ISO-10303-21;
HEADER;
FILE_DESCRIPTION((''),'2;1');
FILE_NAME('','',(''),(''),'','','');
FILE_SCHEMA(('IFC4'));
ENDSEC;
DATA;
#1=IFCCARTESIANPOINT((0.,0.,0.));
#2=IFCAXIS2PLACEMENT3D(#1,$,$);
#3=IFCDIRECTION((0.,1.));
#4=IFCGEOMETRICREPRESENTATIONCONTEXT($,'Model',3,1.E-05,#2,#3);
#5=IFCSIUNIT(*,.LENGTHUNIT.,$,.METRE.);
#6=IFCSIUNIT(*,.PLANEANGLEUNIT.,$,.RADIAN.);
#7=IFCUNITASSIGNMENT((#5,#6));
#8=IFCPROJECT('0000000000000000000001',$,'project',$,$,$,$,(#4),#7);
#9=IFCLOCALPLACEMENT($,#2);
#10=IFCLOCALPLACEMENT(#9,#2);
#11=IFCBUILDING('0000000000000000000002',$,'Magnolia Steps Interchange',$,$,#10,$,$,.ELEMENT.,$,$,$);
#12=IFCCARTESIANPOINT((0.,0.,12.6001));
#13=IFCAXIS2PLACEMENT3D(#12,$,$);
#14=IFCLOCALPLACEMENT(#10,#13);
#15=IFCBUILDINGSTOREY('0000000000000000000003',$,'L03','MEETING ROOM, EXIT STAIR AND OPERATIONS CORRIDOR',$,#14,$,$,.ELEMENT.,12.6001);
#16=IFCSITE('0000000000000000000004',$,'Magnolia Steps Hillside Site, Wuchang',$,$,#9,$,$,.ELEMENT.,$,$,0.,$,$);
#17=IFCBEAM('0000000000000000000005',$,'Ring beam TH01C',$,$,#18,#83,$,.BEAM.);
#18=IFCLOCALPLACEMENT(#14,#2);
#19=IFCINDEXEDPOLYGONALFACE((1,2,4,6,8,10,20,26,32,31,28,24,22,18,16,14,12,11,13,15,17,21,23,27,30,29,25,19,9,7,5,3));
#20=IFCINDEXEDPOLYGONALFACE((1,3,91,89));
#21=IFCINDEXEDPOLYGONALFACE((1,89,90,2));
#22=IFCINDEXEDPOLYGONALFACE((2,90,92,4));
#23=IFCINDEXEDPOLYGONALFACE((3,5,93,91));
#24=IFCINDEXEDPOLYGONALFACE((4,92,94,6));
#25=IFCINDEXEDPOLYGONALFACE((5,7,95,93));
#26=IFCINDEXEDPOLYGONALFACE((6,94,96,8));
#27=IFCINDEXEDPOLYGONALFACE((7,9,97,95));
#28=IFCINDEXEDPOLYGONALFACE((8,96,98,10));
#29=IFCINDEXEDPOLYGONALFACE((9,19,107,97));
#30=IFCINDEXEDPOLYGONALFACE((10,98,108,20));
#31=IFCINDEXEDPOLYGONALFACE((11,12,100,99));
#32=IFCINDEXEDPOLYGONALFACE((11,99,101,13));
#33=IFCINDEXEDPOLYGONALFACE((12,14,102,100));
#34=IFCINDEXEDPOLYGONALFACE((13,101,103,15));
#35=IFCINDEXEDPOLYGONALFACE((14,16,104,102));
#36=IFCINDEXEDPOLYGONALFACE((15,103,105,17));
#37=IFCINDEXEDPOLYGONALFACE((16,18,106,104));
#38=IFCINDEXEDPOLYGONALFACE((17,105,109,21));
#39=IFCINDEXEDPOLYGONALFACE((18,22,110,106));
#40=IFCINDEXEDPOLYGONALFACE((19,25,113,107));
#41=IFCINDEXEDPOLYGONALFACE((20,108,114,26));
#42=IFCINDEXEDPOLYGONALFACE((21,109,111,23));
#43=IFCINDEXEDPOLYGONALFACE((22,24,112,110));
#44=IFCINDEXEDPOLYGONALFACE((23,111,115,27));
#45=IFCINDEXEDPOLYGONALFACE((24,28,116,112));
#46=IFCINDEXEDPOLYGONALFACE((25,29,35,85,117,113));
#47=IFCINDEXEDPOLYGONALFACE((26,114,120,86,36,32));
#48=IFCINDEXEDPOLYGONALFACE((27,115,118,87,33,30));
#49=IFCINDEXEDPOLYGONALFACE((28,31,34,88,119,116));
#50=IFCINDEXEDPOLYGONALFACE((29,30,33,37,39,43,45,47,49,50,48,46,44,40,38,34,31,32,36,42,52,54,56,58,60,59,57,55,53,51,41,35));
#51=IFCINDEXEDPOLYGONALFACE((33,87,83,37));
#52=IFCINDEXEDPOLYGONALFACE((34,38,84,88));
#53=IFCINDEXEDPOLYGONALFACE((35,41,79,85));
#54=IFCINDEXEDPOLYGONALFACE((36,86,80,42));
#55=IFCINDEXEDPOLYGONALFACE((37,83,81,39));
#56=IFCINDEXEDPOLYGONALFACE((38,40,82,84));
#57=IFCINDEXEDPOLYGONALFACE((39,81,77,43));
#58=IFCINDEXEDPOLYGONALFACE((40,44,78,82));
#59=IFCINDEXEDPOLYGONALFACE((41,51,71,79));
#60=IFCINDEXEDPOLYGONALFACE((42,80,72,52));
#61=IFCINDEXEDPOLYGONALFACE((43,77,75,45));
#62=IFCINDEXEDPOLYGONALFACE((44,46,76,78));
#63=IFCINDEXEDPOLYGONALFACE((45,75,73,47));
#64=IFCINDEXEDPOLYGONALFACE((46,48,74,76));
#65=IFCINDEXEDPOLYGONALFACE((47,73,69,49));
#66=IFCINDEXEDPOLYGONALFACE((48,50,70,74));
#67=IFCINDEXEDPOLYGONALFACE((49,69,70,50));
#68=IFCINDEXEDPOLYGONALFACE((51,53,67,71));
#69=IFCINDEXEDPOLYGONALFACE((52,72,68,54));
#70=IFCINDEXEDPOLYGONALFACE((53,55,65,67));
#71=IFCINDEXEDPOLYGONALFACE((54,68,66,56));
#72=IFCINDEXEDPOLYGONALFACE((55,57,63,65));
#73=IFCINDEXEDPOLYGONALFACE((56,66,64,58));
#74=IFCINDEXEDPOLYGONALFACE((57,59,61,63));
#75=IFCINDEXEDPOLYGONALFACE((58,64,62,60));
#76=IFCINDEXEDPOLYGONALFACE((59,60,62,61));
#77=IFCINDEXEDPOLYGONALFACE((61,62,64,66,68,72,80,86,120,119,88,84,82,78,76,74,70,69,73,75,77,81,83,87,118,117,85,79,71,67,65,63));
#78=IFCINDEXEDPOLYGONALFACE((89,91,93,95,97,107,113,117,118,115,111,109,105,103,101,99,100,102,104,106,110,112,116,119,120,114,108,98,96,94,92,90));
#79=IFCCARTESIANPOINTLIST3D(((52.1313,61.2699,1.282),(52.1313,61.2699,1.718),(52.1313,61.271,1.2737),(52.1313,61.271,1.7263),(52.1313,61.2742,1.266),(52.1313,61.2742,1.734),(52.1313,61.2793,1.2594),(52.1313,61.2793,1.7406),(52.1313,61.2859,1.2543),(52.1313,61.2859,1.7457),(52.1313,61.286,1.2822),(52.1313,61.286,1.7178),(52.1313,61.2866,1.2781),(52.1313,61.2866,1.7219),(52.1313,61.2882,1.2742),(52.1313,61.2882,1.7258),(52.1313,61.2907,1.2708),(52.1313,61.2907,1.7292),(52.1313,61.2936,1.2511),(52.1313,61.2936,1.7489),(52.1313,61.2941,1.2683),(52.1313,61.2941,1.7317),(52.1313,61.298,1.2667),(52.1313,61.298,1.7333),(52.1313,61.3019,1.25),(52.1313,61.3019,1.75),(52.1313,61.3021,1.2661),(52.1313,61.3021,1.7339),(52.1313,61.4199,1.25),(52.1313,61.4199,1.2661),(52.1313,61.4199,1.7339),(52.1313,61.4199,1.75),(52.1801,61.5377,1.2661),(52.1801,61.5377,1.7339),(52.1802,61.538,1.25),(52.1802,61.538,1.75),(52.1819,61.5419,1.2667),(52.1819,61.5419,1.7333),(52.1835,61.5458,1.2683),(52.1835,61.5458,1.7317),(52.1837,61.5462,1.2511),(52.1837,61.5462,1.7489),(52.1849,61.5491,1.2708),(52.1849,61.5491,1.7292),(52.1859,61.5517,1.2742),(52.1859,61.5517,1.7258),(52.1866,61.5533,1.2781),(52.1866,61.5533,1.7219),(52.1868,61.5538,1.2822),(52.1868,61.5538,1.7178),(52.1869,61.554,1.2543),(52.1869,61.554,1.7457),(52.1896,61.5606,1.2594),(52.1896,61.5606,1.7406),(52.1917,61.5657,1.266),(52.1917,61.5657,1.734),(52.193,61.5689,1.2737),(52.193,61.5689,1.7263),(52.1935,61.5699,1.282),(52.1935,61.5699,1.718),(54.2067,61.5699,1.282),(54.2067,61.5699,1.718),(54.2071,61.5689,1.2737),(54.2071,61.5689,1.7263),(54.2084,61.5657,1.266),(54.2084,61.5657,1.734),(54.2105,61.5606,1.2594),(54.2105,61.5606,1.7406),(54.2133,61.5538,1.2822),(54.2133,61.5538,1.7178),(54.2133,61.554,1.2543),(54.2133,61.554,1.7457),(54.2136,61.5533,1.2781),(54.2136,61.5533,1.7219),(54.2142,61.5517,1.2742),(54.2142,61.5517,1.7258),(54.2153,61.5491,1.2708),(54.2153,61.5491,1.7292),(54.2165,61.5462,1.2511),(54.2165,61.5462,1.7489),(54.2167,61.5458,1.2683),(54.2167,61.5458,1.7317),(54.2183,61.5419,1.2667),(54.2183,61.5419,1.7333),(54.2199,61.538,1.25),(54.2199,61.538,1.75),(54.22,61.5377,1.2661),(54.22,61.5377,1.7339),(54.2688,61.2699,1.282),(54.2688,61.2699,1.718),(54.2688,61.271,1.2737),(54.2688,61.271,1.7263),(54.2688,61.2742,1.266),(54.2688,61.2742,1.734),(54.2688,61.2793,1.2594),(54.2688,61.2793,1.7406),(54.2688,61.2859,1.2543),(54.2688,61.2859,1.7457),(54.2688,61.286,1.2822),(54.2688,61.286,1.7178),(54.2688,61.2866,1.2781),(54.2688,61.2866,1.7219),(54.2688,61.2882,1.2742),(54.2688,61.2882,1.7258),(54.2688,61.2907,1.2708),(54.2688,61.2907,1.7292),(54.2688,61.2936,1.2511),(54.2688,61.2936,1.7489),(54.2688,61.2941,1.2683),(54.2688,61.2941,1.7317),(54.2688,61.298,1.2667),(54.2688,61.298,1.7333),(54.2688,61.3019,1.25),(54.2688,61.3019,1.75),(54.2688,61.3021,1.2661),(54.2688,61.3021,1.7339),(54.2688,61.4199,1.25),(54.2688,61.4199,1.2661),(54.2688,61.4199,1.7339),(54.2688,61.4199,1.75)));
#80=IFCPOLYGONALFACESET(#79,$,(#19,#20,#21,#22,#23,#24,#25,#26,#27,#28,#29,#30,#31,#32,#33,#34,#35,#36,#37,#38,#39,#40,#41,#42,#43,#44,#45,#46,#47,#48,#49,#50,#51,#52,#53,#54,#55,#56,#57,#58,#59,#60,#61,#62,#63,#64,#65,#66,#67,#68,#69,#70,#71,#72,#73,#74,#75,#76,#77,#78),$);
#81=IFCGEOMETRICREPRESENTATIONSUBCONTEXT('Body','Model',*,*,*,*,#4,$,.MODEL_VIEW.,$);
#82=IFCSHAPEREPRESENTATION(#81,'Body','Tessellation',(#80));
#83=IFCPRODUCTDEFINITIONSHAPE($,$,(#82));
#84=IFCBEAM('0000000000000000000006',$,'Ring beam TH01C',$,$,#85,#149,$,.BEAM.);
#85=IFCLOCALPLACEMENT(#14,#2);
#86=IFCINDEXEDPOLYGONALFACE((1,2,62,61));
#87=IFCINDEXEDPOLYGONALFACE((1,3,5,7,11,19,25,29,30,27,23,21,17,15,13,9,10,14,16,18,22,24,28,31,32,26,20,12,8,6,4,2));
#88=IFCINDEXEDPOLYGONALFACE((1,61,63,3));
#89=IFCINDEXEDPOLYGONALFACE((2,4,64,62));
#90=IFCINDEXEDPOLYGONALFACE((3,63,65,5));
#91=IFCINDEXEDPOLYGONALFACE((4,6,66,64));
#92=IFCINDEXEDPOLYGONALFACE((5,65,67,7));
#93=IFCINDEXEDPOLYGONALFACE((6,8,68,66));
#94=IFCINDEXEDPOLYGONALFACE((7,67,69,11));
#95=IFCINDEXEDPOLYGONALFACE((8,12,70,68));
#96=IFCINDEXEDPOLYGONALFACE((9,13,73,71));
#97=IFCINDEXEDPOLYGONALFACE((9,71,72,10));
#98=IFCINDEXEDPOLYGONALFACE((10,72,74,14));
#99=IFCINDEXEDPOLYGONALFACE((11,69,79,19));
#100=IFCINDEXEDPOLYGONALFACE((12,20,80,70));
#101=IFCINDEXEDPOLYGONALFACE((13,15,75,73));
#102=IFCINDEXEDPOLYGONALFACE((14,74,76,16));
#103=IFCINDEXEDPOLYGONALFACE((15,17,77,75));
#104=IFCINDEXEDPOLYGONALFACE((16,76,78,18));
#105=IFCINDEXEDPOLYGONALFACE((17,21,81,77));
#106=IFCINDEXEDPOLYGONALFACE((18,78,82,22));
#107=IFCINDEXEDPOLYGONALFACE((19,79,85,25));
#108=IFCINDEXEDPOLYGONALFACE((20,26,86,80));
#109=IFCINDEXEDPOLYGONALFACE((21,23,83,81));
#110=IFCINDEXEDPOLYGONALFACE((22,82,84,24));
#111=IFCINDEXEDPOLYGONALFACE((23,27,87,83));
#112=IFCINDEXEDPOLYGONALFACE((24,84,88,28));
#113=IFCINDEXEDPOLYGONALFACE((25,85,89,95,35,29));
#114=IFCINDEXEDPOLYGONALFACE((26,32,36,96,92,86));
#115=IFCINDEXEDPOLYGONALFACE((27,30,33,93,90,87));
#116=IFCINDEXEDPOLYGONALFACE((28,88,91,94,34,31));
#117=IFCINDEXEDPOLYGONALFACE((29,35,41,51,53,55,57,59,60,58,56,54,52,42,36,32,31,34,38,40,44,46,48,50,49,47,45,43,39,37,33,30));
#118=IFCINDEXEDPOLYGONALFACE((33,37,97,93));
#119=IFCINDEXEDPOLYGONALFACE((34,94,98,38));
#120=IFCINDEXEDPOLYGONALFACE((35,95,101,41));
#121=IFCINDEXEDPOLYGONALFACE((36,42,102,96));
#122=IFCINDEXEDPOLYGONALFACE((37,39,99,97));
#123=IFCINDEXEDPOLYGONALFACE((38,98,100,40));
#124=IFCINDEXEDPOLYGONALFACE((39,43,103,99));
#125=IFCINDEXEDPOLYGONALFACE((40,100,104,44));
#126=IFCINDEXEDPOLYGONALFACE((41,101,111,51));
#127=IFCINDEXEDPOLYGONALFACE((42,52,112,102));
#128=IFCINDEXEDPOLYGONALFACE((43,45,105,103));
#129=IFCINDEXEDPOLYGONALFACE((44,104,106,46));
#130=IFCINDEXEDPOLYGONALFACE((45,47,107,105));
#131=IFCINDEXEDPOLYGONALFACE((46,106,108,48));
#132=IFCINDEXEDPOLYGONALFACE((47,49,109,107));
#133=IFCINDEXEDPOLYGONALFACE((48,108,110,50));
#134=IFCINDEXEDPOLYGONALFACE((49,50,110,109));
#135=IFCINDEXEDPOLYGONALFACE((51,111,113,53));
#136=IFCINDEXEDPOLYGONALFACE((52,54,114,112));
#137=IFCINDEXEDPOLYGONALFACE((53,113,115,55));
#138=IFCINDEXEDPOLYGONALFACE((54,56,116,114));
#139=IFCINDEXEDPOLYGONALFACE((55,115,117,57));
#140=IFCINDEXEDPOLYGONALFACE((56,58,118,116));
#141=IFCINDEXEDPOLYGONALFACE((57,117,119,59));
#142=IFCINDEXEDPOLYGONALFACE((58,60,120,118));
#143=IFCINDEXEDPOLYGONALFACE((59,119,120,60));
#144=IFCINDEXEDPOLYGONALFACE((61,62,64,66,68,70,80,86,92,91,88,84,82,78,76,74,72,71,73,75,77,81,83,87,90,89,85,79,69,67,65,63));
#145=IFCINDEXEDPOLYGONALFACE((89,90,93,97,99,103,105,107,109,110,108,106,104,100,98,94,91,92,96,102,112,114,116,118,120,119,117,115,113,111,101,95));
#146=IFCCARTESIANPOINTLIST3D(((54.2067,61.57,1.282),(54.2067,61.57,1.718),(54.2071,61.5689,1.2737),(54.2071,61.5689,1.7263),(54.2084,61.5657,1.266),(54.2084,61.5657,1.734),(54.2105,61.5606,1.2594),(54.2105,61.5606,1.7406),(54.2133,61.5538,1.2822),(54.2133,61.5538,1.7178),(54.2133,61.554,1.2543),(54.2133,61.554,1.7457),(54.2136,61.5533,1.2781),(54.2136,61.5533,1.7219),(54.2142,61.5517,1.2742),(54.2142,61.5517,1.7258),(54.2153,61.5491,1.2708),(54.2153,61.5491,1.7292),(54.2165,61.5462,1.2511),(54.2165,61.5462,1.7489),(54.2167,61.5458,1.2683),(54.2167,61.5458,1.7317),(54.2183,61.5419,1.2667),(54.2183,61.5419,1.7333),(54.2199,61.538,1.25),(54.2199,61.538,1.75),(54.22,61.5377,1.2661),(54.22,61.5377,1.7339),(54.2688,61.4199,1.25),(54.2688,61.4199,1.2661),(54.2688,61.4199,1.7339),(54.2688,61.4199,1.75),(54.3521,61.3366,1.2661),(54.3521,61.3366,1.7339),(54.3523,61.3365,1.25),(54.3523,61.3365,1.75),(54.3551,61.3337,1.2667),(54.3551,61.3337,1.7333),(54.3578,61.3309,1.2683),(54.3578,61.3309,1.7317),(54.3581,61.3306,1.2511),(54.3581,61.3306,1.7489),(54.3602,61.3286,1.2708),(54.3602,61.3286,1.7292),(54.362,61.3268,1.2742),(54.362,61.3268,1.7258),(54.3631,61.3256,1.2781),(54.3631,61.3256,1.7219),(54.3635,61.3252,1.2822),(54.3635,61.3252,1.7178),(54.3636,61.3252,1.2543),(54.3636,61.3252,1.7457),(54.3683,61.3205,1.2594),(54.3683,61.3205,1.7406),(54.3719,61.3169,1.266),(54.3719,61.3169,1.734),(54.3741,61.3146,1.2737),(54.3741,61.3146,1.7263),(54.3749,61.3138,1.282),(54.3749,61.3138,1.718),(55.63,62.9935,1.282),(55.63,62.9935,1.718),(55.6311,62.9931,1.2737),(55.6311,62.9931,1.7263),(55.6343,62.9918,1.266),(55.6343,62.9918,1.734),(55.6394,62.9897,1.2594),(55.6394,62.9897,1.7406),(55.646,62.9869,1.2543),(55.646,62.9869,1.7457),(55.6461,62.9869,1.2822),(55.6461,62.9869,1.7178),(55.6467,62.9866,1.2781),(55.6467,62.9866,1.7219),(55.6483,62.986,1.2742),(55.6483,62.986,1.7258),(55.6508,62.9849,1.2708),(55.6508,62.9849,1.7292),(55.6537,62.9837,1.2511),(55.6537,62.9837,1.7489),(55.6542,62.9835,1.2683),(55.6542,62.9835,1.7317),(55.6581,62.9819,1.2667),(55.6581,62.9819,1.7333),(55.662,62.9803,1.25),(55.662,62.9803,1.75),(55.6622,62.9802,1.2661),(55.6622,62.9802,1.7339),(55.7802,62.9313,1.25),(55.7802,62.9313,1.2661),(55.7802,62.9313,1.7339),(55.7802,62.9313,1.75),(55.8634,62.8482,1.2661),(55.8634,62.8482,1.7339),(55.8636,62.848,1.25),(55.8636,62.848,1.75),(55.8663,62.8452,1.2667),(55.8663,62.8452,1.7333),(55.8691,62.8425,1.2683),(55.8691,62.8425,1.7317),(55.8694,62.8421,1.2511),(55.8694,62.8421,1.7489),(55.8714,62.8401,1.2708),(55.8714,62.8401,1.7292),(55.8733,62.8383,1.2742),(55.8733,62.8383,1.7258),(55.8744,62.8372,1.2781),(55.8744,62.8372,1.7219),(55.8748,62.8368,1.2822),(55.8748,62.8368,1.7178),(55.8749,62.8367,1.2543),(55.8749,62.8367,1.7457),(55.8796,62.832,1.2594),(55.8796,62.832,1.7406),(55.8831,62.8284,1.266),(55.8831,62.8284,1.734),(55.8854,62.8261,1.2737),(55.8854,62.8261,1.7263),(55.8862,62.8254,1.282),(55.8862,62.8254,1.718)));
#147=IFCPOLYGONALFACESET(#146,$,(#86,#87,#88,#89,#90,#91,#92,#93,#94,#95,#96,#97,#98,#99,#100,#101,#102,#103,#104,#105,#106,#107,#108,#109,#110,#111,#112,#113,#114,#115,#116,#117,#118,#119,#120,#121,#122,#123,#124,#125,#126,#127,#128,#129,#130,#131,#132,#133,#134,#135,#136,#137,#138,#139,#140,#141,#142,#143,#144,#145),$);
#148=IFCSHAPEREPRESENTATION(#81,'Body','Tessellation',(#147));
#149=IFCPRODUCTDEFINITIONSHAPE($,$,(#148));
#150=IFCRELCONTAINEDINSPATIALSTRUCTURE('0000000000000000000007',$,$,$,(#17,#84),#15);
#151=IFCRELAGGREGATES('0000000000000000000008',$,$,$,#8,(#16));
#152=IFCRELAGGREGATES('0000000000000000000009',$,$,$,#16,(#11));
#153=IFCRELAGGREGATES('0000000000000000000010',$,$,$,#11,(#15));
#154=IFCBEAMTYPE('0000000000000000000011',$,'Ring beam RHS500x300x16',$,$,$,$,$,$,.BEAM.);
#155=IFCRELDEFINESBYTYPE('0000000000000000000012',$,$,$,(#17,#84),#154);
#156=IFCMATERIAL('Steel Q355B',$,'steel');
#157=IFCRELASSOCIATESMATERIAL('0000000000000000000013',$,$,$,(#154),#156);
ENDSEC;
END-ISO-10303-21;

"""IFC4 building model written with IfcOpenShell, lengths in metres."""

from ifc_helpers import new_model, si_unit, direction, frame, origin, origin_2d, place, context, subcontext, project, spatial, hollow_rectangle, extrude, clip, halfspace, material, material_profile, profile_set, type_object, element, save


model = new_model("IFC4")

# Units and contexts
model_context = context("Model", 3, precision=1e-05, world=origin(), true_north=direction((0.0, 1.0)))
body_context = subcontext(model_context, "Body", "Model", "MODEL_VIEW")
ifc_project = project(units=[si_unit("LENGTHUNIT", "METRE"), si_unit("PLANEANGLEUNIT", "RADIAN")], contexts=[model_context])

# Site, building, storey
site_placement = place(None, origin())
site = spatial("IfcSite", under=ifc_project, at=site_placement, Name="Magnolia Steps Hillside Site, Wuchang", CompositionType="ELEMENT", RefElevation=0.0)
building_placement = place(site_placement, origin())
building = spatial("IfcBuilding", under=site, at=building_placement, Name="Magnolia Steps Interchange", CompositionType="ELEMENT")
storey_placement = place(building_placement, frame((0.0, 0.0, 12.6001)))
storey = spatial("IfcBuildingStorey", under=building, at=storey_placement, Name="L03", Description="MEETING ROOM, EXIT STAIR AND OPERATIONS CORRIDOR", CompositionType="ELEMENT", Elevation=12.6001)

# Beams
ifc_material_1 = material(Name="Steel Q355B", Category="steel")
ifc_material_profile_1 = material_profile(ifc_material_1, hollow_rectangle(XDim=0.3, YDim=0.5, WallThickness=0.0161, InnerFilletRadius=0.0161, OuterFilletRadius=0.032, at=origin_2d()), Name="RHS500x300x16")
ifc_profile_set_1 = profile_set([ifc_material_profile_1], Name="Steel Q355B")
beam_type_1 = type_object("IfcBeamType", Name="Ring beam RHS500x300x16", PredefinedType="BEAM", material=ifc_profile_set_1)
beam_1_placement = place(storey_placement, frame((52.1313, 61.4199, 1.5), z_axis=(1.0, 0.0, 0.0), x_axis=(0.0, 1.0, 0.0)))
element("IfcBeam", 1, at=beam_1_placement, inside=storey, type_object=beam_type_1, Name="Ring beam TH01C", PredefinedType="BEAM", context=body_context, shape_type="Clipping", body=[
    clip(clip(extrude(hollow_rectangle(XDim=0.3, YDim=0.5, WallThickness=0.0161, InnerFilletRadius=0.0161, OuterFilletRadius=0.032, at=origin_2d()), origin(), (0.0, 0.0, 1.0), 2.1375), halfspace(frame((0.0, 0.0, 0.0), z_axis=(0.382683, 0.0, -0.92388), x_axis=(0.92388, 0.0, 0.382683)), False)), halfspace(frame((0.0, 0.0, 2.1375), z_axis=(0.382683, 0.0, 0.92388), x_axis=(0.92388, 0.0, -0.382683)), False)),
])
beam_2_placement = place(storey_placement, frame((54.2688, 61.4199, 1.5), z_axis=(0.70705, 0.707164, 0.0), x_axis=(-0.707164, 0.70705, 0.0)))
element("IfcBeam", 2, at=beam_2_placement, inside=storey, type_object=beam_type_1, Name="Ring beam TH01C", PredefinedType="BEAM", context=body_context, shape_type="Clipping", body=[
    clip(clip(extrude(hollow_rectangle(XDim=0.3, YDim=0.5, WallThickness=0.0161, InnerFilletRadius=0.0161, OuterFilletRadius=0.032, at=origin_2d()), origin(), (0.0, 0.0, 1.0), 2.1375), halfspace(frame((0.0, 0.0, 0.0), z_axis=(0.382758, 0.0, -0.923849), x_axis=(0.923849, 0.0, 0.382758)), False)), halfspace(frame((0.0, 0.0, 2.1374), z_axis=(0.382609, 0.0, 0.92391), x_axis=(0.92391, 0.0, -0.382609)), False)),
])

save(model, "model.ifc")
